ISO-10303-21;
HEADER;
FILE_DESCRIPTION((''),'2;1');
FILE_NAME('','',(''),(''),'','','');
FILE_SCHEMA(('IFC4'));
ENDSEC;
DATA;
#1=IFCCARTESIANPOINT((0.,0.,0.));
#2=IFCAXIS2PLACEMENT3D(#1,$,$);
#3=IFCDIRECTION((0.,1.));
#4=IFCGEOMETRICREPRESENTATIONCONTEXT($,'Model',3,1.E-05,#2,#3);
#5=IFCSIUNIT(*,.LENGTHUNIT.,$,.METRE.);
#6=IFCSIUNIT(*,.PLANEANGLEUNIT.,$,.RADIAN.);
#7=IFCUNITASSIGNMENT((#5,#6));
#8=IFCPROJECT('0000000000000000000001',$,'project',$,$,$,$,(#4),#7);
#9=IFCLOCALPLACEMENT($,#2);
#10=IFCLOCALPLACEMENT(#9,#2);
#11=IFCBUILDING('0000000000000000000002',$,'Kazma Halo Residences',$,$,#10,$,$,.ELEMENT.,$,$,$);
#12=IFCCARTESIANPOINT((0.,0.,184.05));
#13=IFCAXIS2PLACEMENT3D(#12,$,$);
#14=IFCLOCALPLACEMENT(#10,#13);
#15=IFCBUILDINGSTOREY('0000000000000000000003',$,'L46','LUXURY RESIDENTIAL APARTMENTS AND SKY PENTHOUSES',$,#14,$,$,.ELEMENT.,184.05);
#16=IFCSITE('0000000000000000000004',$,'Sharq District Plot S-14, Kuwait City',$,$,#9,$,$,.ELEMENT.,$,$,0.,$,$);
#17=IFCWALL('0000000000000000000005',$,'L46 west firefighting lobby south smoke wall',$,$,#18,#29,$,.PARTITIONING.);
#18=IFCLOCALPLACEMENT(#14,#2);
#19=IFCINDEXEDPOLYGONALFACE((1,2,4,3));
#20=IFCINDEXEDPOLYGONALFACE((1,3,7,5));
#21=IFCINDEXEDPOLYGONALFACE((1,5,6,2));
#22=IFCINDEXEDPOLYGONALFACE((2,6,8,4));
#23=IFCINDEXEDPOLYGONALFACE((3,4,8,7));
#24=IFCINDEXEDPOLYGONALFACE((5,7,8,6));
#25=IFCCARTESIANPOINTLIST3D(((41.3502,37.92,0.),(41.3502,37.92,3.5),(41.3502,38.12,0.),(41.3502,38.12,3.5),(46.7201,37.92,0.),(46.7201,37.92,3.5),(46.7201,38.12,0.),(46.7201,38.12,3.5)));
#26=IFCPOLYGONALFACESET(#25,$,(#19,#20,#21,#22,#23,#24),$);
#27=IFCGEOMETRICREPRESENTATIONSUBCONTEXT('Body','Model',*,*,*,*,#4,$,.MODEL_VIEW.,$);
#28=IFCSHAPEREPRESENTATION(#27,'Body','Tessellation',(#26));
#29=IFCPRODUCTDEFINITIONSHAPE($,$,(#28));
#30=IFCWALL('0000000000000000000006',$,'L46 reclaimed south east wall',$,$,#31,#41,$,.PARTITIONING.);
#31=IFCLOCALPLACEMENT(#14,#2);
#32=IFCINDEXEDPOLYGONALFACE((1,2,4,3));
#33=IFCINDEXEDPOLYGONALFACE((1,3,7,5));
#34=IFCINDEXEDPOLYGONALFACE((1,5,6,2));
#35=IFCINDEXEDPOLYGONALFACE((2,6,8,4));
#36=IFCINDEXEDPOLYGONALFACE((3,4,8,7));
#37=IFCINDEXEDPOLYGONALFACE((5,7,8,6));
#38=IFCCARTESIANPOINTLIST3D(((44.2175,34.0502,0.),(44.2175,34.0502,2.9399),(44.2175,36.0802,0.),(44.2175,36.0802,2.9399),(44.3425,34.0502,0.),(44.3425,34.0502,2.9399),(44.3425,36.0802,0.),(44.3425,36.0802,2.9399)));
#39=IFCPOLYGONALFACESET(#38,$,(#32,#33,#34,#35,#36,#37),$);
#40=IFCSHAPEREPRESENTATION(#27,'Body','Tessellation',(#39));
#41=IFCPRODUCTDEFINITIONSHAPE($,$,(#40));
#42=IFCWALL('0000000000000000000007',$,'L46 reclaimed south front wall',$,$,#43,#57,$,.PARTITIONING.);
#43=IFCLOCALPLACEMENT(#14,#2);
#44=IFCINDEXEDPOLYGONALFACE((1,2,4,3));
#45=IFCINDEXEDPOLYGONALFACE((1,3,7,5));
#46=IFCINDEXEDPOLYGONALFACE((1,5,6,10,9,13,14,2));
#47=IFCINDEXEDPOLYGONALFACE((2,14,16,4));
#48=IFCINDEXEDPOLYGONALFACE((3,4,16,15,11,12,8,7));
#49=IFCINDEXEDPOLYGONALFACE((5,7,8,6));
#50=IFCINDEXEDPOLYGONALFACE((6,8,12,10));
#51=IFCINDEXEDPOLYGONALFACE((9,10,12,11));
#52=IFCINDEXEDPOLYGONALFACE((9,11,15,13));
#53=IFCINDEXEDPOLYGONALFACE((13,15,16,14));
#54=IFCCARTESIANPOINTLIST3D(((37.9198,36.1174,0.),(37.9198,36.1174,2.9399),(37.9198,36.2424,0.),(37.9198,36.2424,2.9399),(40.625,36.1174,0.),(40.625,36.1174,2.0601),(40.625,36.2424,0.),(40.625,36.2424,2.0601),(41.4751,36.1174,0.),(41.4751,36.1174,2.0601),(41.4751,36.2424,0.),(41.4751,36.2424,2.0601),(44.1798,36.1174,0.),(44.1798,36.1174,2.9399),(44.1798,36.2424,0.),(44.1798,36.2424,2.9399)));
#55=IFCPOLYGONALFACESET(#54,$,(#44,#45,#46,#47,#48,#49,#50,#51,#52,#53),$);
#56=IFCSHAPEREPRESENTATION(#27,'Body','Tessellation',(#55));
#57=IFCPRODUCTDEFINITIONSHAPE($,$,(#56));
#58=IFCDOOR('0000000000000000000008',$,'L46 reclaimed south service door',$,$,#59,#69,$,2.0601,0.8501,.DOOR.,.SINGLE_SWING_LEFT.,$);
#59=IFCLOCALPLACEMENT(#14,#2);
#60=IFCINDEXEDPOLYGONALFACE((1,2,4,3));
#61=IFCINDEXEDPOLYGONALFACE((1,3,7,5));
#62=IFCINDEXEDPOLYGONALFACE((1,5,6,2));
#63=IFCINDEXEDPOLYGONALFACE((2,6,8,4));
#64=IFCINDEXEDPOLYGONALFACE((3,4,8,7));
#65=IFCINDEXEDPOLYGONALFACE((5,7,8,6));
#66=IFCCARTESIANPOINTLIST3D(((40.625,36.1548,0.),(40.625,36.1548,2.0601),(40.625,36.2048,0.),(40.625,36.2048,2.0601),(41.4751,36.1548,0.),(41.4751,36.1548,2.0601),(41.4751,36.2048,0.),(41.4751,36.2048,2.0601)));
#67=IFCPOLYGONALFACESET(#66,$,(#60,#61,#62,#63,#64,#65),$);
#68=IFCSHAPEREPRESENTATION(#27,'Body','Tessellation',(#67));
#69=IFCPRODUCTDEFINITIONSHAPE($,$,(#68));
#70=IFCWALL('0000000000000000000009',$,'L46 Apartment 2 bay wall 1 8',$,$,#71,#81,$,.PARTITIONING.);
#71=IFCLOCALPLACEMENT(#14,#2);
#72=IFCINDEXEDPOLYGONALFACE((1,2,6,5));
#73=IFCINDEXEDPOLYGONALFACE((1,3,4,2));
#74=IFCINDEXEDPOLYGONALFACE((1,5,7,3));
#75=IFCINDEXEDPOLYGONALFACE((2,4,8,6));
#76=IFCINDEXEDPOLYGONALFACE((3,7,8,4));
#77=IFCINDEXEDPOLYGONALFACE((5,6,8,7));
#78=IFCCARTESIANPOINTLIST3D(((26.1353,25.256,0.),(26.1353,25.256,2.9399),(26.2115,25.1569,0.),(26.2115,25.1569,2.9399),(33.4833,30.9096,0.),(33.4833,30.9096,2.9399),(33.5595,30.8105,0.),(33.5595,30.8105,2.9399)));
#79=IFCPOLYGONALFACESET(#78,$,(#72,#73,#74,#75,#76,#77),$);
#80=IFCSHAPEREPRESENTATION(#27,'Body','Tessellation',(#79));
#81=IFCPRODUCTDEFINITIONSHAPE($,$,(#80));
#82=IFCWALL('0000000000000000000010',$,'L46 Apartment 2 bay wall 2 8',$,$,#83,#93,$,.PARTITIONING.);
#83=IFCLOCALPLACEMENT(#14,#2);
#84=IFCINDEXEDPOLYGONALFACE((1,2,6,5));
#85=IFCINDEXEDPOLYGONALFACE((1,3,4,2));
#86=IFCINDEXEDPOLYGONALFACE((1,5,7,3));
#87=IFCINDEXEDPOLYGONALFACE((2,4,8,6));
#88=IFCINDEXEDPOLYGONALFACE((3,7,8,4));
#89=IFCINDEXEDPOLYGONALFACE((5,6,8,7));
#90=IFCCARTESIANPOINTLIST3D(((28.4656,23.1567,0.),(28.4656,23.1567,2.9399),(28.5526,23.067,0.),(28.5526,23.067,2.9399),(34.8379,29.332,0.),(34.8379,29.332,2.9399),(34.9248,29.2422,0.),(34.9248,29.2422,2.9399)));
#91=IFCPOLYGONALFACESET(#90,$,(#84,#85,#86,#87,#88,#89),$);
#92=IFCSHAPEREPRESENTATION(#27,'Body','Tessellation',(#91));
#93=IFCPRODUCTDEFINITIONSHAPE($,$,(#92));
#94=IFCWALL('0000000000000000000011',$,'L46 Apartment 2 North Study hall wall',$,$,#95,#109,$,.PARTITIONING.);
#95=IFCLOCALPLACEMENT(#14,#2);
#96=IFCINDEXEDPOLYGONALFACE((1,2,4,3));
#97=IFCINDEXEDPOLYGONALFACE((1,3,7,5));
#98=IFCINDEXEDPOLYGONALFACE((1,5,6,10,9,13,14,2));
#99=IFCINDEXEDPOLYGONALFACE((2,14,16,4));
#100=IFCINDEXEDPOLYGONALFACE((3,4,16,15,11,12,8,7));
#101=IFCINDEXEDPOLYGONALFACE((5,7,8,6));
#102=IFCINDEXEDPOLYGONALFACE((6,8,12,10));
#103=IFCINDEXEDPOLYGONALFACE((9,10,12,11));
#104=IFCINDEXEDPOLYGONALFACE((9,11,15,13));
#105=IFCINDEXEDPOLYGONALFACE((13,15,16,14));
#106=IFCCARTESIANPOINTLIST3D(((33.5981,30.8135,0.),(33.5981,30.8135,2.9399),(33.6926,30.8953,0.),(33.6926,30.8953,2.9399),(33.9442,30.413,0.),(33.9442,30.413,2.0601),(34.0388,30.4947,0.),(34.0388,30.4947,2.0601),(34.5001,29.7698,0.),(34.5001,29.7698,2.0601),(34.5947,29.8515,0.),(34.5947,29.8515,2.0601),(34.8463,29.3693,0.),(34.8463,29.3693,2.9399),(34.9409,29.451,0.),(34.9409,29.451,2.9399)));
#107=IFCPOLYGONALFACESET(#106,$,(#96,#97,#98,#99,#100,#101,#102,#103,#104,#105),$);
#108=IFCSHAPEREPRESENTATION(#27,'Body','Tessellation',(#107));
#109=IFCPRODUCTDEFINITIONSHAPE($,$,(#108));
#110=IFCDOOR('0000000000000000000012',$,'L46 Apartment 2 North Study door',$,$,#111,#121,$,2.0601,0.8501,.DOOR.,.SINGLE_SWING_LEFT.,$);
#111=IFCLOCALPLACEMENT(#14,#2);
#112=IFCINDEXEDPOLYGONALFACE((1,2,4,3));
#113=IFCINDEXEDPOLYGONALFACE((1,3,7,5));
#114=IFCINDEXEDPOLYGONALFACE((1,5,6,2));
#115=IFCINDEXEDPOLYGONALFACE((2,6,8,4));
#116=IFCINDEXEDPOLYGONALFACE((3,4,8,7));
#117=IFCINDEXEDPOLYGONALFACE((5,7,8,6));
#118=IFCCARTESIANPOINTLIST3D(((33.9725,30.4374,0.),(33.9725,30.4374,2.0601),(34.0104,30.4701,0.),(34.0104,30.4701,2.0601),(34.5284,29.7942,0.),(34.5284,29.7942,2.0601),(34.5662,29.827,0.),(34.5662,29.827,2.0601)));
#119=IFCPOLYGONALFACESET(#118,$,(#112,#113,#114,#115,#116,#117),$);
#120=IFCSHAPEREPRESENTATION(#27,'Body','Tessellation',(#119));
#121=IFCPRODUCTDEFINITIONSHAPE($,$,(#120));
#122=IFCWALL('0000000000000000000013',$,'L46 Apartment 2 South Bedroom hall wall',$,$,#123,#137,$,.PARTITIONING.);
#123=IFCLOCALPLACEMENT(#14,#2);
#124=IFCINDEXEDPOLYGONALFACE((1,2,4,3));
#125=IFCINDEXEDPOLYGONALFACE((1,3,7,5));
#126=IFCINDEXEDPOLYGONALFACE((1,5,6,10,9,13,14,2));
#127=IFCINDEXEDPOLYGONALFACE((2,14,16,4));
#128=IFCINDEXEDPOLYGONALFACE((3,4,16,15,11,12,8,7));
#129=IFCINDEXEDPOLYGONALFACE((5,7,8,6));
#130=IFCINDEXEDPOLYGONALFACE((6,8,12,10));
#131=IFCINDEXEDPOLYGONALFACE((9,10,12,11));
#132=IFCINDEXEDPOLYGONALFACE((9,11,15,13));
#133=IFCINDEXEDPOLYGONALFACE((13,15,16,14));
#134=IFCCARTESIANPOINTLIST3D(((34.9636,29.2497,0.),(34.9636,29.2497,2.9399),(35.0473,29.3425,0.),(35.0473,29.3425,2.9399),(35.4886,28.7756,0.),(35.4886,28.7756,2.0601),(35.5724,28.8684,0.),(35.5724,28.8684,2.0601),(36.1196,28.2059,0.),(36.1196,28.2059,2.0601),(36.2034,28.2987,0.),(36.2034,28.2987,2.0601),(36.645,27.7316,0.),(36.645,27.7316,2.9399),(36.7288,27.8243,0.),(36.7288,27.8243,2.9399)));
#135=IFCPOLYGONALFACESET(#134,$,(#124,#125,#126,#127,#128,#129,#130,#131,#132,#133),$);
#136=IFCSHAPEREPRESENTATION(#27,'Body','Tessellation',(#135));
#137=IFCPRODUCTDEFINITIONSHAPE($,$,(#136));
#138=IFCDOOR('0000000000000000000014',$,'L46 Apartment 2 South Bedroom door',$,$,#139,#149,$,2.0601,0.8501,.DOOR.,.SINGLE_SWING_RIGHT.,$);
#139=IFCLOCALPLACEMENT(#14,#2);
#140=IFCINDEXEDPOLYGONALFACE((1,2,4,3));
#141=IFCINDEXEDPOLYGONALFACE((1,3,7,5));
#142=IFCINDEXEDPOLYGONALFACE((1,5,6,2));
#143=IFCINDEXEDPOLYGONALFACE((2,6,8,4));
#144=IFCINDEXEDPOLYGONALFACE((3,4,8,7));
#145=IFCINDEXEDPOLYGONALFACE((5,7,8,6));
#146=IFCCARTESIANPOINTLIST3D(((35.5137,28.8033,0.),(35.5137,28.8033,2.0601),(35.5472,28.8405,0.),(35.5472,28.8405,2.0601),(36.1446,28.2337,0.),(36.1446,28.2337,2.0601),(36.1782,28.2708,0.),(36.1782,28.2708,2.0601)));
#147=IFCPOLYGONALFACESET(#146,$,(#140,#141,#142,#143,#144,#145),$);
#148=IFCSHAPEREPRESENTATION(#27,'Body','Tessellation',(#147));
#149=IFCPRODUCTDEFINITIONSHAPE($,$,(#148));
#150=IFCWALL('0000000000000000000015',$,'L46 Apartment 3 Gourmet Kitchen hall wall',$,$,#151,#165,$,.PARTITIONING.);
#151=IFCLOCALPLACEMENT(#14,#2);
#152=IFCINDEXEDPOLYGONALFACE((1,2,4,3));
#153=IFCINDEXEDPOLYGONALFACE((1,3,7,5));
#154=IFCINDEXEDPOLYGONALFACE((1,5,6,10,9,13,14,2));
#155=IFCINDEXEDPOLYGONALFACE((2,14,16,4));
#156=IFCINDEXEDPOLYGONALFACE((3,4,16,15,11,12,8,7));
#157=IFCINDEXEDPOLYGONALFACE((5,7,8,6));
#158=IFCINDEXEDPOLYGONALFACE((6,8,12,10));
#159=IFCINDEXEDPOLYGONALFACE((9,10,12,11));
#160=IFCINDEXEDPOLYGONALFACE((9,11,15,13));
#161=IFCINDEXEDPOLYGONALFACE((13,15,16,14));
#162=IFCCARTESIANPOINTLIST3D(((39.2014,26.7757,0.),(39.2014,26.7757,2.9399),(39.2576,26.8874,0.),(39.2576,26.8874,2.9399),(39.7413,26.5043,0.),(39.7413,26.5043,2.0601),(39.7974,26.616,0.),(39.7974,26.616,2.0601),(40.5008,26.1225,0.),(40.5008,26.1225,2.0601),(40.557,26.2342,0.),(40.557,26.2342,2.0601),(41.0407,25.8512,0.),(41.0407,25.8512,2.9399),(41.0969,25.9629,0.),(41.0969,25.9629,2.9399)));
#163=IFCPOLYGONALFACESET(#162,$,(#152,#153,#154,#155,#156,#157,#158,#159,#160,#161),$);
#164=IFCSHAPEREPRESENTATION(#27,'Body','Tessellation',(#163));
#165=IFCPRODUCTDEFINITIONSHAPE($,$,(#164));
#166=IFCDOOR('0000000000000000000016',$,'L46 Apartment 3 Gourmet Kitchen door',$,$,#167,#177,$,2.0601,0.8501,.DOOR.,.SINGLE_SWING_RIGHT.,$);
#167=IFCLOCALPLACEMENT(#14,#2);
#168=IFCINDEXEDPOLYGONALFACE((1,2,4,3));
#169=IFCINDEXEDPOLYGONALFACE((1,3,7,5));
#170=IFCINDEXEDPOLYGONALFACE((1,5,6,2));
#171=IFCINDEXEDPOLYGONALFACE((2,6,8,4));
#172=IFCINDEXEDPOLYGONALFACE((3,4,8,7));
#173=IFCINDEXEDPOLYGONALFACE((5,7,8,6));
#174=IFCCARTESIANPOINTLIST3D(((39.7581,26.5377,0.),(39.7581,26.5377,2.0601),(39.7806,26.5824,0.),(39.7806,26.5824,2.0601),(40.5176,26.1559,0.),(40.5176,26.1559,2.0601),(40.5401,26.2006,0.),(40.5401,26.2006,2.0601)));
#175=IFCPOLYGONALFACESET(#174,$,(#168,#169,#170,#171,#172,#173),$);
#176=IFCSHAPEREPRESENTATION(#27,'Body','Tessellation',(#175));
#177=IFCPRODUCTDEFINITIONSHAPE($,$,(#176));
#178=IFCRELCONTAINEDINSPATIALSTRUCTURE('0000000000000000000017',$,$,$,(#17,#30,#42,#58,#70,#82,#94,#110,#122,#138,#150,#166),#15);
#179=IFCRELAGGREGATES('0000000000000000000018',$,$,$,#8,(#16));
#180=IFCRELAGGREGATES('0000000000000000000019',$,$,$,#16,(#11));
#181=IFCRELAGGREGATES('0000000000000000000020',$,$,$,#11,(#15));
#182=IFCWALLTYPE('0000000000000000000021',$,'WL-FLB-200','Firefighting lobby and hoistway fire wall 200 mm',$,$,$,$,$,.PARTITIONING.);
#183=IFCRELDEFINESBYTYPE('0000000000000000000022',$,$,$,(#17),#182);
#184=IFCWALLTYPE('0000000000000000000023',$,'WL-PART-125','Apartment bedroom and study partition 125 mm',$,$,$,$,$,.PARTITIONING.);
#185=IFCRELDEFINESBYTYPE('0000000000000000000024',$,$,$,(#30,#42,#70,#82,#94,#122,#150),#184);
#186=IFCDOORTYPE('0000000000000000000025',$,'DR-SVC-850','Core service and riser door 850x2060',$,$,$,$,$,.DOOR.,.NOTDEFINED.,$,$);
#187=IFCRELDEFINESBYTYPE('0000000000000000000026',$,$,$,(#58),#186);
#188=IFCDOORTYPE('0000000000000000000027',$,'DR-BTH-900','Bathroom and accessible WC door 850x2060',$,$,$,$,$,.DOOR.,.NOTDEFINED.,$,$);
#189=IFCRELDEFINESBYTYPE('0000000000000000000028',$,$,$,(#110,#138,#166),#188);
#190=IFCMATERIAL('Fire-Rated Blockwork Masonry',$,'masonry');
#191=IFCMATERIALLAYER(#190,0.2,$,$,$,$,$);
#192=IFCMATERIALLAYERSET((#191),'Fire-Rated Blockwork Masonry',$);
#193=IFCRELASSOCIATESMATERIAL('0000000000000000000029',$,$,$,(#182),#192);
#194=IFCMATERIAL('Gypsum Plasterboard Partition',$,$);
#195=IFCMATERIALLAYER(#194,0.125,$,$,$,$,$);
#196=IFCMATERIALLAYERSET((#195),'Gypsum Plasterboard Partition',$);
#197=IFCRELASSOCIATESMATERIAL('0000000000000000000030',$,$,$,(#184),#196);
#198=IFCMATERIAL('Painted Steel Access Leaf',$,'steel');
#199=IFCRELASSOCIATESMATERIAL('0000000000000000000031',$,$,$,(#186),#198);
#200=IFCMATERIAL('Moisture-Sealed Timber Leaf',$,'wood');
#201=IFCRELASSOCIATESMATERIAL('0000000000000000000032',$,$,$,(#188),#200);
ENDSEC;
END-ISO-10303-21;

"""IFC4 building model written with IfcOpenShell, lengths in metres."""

from ifc_helpers import new_model, si_unit, direction, frame, frame_2d, origin, place, context, subcontext, project, spatial, rectangle, extrude, material, layer, layer_set, type_object, element, fill, save


model = new_model("IFC4")

# Units and contexts
model_context = context("Model", 3, precision=1e-05, world=origin(), true_north=direction((0.0, 1.0)))
body_context = subcontext(model_context, "Body", "Model", "MODEL_VIEW")
ifc_project = project(units=[si_unit("LENGTHUNIT", "METRE"), si_unit("PLANEANGLEUNIT", "RADIAN")], contexts=[model_context])

# Site, building, storey
site_placement = place(None, origin())
site = spatial("IfcSite", under=ifc_project, at=site_placement, Name="Sharq District Plot S-14, Kuwait City", CompositionType="ELEMENT", RefElevation=0.0)
building_placement = place(site_placement, origin())
building = spatial("IfcBuilding", under=site, at=building_placement, Name="Kazma Halo Residences", CompositionType="ELEMENT")
storey_placement = place(building_placement, frame((0.0, 0.0, 184.05)))
storey = spatial("IfcBuildingStorey", under=building, at=storey_placement, Name="L46", Description="LUXURY RESIDENTIAL APARTMENTS AND SKY PENTHOUSES", CompositionType="ELEMENT", Elevation=184.05)

# Walls
ifc_material_1 = material(Name="Fire-Rated Blockwork Masonry", Category="masonry")
ifc_layer_1 = layer(ifc_material_1, 0.2)
ifc_layer_set_1 = layer_set([ifc_layer_1], Name="Fire-Rated Blockwork Masonry")
wall_type_1 = type_object("IfcWallType", Name="WL-FLB-200", Description="Firefighting lobby and hoistway fire wall 200 mm", PredefinedType="PARTITIONING", material=ifc_layer_set_1)
wall_1_placement = place(storey_placement, frame((41.3501, 38.02, 0.0), z_axis=(0.0, 0.0, 1.0), x_axis=(1.0, 0.0, 0.0)))
element("IfcWall", 1, at=wall_1_placement, inside=storey, type_object=wall_type_1, Name="L46 west firefighting lobby south smoke wall", PredefinedType="PARTITIONING", context=body_context, shape_type="SweptSolid", body=[
    extrude(rectangle(XDim=5.3699, YDim=0.2, at=frame_2d((2.6851, 0.0))), origin(), (0.0, 0.0, 1.0), 3.5),
])
ifc_material_2 = material(Name="Gypsum Plasterboard Partition")
ifc_layer_2 = layer(ifc_material_2, 0.125)
ifc_layer_set_2 = layer_set([ifc_layer_2], Name="Gypsum Plasterboard Partition")
wall_type_2 = type_object("IfcWallType", Name="WL-PART-125", Description="Apartment bedroom and study partition 125 mm", PredefinedType="PARTITIONING", material=ifc_layer_set_2)
wall_2_placement = place(storey_placement, frame((44.28, 34.05, 0.0), z_axis=(0.0, 0.0, 1.0), x_axis=(0.0, 1.0, 0.0)))
element("IfcWall", 2, at=wall_2_placement, inside=storey, type_object=wall_type_2, Name="L46 reclaimed south east wall", PredefinedType="PARTITIONING", context=body_context, shape_type="SweptSolid", body=[
    extrude(rectangle(XDim=2.03, YDim=0.125, at=frame_2d((1.0151, 0.0))), origin(), (0.0, 0.0, 1.0), 2.9399),
])

# Wall, opening, door
wall_3_placement = place(storey_placement, frame((37.9199, 36.1799, 0.0), z_axis=(0.0, 0.0, 1.0), x_axis=(1.0, 0.0, 0.0)))
wall_3 = element("IfcWall", 3, at=wall_3_placement, inside=storey, type_object=wall_type_2, Name="L46 reclaimed south front wall", PredefinedType="PARTITIONING", context=body_context, shape_type="SweptSolid", body=[
    extrude(rectangle(XDim=6.26, YDim=0.125, at=frame_2d((3.1299, 0.0))), origin(), (0.0, 0.0, 1.0), 2.9399),
])
opening_1_placement = place(wall_3_placement, frame((2.7051, 0.0, 0.0)))
opening_1 = element("IfcOpeningElement", 4, at=opening_1_placement, cuts=wall_3, PredefinedType="OPENING", context=body_context, shape_type="SweptSolid", body=[
    extrude(rectangle(XDim=0.8501, YDim=2.0601, at=frame_2d((0.425, 1.03))), frame((0.0, 0.0725, 0.0), z_axis=(0.0, -1.0, 0.0), x_axis=(1.0, 0.0, 0.0)), (0.0, 0.0, 1.0), 0.145),
])
ifc_material_3 = material(Name="Painted Steel Access Leaf", Category="steel")
door_type_1 = type_object("IfcDoorType", Name="DR-SVC-850", Description="Core service and riser door 850x2060", OperationType="NOTDEFINED", PredefinedType="DOOR", material=ifc_material_3)
door_1_placement = place(opening_1_placement, origin())
door_1 = element("IfcDoor", 5, at=door_1_placement, inside=storey, type_object=door_type_1, Name="L46 reclaimed south service door", OperationType="SINGLE_SWING_LEFT", OverallHeight=2.0601, OverallWidth=0.8501, PredefinedType="DOOR", context=body_context, shape_type="SweptSolid", body=[
    extrude(rectangle(XDim=0.8501, YDim=2.0601, at=frame_2d((0.425, 1.03))), frame((0.0, 0.0249, 0.0), z_axis=(0.0, -1.0, 0.0), x_axis=(1.0, 0.0, 0.0)), (0.0, 0.0, 1.0), 0.05),
])
fill(opening_1, door_1)

# Walls
wall_4_placement = place(storey_placement, frame((33.5215, 30.8601, 0.0), z_axis=(0.0, 0.0, 1.0), x_axis=(-0.792554, -0.609801, 0.0)))
element("IfcWall", 6, at=wall_4_placement, inside=storey, type_object=wall_type_2, Name="L46 Apartment 2 bay wall 1 8", PredefinedType="PARTITIONING", context=body_context, shape_type="SweptSolid", body=[
    extrude(rectangle(XDim=9.2712, YDim=0.125, at=frame_2d((4.6357, 0.0))), origin(), (0.0, 0.0, 1.0), 2.9399),
])
wall_5_placement = place(storey_placement, frame((34.8813, 29.2871, 0.0), z_axis=(0.0, 0.0, 1.0), x_axis=(-0.718121, -0.695918, 0.0)))
element("IfcWall", 7, at=wall_5_placement, inside=storey, type_object=wall_type_2, Name="L46 Apartment 2 bay wall 2 8", PredefinedType="PARTITIONING", context=body_context, shape_type="SweptSolid", body=[
    extrude(rectangle(XDim=8.8735, YDim=0.125, at=frame_2d((4.4368, 0.0))), origin(), (0.0, 0.0, 1.0), 2.9399),
])

# Walls, openings, doors
wall_6_placement = place(storey_placement, frame((33.6453, 30.8545, 0.0), z_axis=(0.0, 0.0, 1.0), x_axis=(0.653893, -0.756587, 0.0)))
wall_6 = element("IfcWall", 8, at=wall_6_placement, inside=storey, type_object=wall_type_2, Name="L46 Apartment 2 North Study hall wall", PredefinedType="PARTITIONING", context=body_context, shape_type="SweptSolid", body=[
    extrude(rectangle(XDim=1.9089, YDim=0.125, at=frame_2d((0.9546, 0.0))), origin(), (0.0, 0.0, 1.0), 2.9399),
])
opening_2_placement = place(wall_6_placement, frame((0.5295, 0.0, 0.0)))
opening_2 = element("IfcOpeningElement", 9, at=opening_2_placement, cuts=wall_6, PredefinedType="OPENING", context=body_context, shape_type="SweptSolid", body=[
    extrude(rectangle(XDim=0.8501, YDim=2.0601, at=frame_2d((0.425, 1.03))), frame((0.0, 0.0725, 0.0), z_axis=(0.0, -1.0, 0.0), x_axis=(1.0, 0.0, 0.0)), (0.0, 0.0, 1.0), 0.145),
])
ifc_material_4 = material(Name="Moisture-Sealed Timber Leaf", Category="wood")
door_type_2 = type_object("IfcDoorType", Name="DR-BTH-900", Description="Bathroom and accessible WC door 850x2060", OperationType="NOTDEFINED", PredefinedType="DOOR", material=ifc_material_4)
door_2_placement = place(opening_2_placement, origin())
door_2 = element("IfcDoor", 10, at=door_2_placement, inside=storey, type_object=door_type_2, Name="L46 Apartment 2 North Study door", OperationType="SINGLE_SWING_LEFT", OverallHeight=2.0601, OverallWidth=0.8501, PredefinedType="DOOR", context=body_context, shape_type="SweptSolid", body=[
    extrude(rectangle(XDim=0.8501, YDim=2.0601, at=frame_2d((0.425, 1.03))), frame((0.0, 0.0249, 0.0), z_axis=(0.0, -1.0, 0.0), x_axis=(1.0, 0.0, 0.0)), (0.0, 0.0, 1.0), 0.05),
])
fill(opening_2, door_2)
wall_7_placement = place(storey_placement, frame((35.0054, 29.2961, 0.0), z_axis=(0.0, 0.0, 1.0), x_axis=(0.742238, -0.670137, 0.0)))
wall_7 = element("IfcWall", 11, at=wall_7_placement, inside=storey, type_object=wall_type_2, Name="L46 Apartment 2 South Bedroom hall wall", PredefinedType="PARTITIONING", context=body_context, shape_type="SweptSolid", body=[
    extrude(rectangle(XDim=2.2654, YDim=0.125, at=frame_2d((1.1328, 0.0))), origin(), (0.0, 0.0, 1.0), 2.9399),
])
opening_3_placement = place(wall_7_placement, frame((0.7075, 0.0, 0.0)))
opening_3 = element("IfcOpeningElement", 12, at=opening_3_placement, cuts=wall_7, PredefinedType="OPENING", context=body_context, shape_type="SweptSolid", body=[
    extrude(rectangle(XDim=0.8501, YDim=2.0601, at=frame_2d((0.425, 1.03))), frame((0.0, 0.0725, 0.0), z_axis=(0.0, -1.0, 0.0), x_axis=(1.0, 0.0, 0.0)), (0.0, 0.0, 1.0), 0.145),
])
door_3_placement = place(opening_3_placement, origin())
door_3 = element("IfcDoor", 13, at=door_3_placement, inside=storey, type_object=door_type_2, Name="L46 Apartment 2 South Bedroom door", OperationType="SINGLE_SWING_RIGHT", OverallHeight=2.0601, OverallWidth=0.8501, PredefinedType="DOOR", context=body_context, shape_type="SweptSolid", body=[
    extrude(rectangle(XDim=0.8501, YDim=2.0601, at=frame_2d((0.425, 1.03))), frame((0.0, 0.0249, 0.0), z_axis=(0.0, -1.0, 0.0), x_axis=(1.0, 0.0, 0.0)), (0.0, 0.0, 1.0), 0.05),
])
fill(opening_3, door_3)
wall_8_placement = place(storey_placement, frame((39.2295, 26.8315, 0.0), z_axis=(0.0, 0.0, 1.0), x_axis=(0.893476, -0.44911, 0.0)))
wall_8 = element("IfcWall", 14, at=wall_8_placement, inside=storey, type_object=wall_type_2, Name="L46 Apartment 3 Gourmet Kitchen hall wall", PredefinedType="PARTITIONING", context=body_context, shape_type="SweptSolid", body=[
    extrude(rectangle(XDim=2.0586, YDim=0.125, at=frame_2d((1.0293, 0.0))), origin(), (0.0, 0.0, 1.0), 2.9399),
])
opening_4_placement = place(wall_8_placement, frame((0.6042, 0.0, 0.0)))
opening_4 = element("IfcOpeningElement", 15, at=opening_4_placement, cuts=wall_8, PredefinedType="OPENING", context=body_context, shape_type="SweptSolid", body=[
    extrude(rectangle(XDim=0.8501, YDim=2.0601, at=frame_2d((0.425, 1.03))), frame((0.0, 0.0725, 0.0), z_axis=(0.0, -1.0, 0.0), x_axis=(1.0, 0.0, 0.0)), (0.0, 0.0, 1.0), 0.145),
])
door_4_placement = place(opening_4_placement, origin())
door_4 = element("IfcDoor", 16, at=door_4_placement, inside=storey, type_object=door_type_2, Name="L46 Apartment 3 Gourmet Kitchen door", OperationType="SINGLE_SWING_RIGHT", OverallHeight=2.0601, OverallWidth=0.8501, PredefinedType="DOOR", context=body_context, shape_type="SweptSolid", body=[
    extrude(rectangle(XDim=0.8501, YDim=2.0601, at=frame_2d((0.425, 1.03))), frame((0.0, 0.0249, 0.0), z_axis=(0.0, -1.0, 0.0), x_axis=(1.0, 0.0, 0.0)), (0.0, 0.0, 1.0), 0.05),
])
fill(opening_4, door_4)

save(model, "model.ifc")
